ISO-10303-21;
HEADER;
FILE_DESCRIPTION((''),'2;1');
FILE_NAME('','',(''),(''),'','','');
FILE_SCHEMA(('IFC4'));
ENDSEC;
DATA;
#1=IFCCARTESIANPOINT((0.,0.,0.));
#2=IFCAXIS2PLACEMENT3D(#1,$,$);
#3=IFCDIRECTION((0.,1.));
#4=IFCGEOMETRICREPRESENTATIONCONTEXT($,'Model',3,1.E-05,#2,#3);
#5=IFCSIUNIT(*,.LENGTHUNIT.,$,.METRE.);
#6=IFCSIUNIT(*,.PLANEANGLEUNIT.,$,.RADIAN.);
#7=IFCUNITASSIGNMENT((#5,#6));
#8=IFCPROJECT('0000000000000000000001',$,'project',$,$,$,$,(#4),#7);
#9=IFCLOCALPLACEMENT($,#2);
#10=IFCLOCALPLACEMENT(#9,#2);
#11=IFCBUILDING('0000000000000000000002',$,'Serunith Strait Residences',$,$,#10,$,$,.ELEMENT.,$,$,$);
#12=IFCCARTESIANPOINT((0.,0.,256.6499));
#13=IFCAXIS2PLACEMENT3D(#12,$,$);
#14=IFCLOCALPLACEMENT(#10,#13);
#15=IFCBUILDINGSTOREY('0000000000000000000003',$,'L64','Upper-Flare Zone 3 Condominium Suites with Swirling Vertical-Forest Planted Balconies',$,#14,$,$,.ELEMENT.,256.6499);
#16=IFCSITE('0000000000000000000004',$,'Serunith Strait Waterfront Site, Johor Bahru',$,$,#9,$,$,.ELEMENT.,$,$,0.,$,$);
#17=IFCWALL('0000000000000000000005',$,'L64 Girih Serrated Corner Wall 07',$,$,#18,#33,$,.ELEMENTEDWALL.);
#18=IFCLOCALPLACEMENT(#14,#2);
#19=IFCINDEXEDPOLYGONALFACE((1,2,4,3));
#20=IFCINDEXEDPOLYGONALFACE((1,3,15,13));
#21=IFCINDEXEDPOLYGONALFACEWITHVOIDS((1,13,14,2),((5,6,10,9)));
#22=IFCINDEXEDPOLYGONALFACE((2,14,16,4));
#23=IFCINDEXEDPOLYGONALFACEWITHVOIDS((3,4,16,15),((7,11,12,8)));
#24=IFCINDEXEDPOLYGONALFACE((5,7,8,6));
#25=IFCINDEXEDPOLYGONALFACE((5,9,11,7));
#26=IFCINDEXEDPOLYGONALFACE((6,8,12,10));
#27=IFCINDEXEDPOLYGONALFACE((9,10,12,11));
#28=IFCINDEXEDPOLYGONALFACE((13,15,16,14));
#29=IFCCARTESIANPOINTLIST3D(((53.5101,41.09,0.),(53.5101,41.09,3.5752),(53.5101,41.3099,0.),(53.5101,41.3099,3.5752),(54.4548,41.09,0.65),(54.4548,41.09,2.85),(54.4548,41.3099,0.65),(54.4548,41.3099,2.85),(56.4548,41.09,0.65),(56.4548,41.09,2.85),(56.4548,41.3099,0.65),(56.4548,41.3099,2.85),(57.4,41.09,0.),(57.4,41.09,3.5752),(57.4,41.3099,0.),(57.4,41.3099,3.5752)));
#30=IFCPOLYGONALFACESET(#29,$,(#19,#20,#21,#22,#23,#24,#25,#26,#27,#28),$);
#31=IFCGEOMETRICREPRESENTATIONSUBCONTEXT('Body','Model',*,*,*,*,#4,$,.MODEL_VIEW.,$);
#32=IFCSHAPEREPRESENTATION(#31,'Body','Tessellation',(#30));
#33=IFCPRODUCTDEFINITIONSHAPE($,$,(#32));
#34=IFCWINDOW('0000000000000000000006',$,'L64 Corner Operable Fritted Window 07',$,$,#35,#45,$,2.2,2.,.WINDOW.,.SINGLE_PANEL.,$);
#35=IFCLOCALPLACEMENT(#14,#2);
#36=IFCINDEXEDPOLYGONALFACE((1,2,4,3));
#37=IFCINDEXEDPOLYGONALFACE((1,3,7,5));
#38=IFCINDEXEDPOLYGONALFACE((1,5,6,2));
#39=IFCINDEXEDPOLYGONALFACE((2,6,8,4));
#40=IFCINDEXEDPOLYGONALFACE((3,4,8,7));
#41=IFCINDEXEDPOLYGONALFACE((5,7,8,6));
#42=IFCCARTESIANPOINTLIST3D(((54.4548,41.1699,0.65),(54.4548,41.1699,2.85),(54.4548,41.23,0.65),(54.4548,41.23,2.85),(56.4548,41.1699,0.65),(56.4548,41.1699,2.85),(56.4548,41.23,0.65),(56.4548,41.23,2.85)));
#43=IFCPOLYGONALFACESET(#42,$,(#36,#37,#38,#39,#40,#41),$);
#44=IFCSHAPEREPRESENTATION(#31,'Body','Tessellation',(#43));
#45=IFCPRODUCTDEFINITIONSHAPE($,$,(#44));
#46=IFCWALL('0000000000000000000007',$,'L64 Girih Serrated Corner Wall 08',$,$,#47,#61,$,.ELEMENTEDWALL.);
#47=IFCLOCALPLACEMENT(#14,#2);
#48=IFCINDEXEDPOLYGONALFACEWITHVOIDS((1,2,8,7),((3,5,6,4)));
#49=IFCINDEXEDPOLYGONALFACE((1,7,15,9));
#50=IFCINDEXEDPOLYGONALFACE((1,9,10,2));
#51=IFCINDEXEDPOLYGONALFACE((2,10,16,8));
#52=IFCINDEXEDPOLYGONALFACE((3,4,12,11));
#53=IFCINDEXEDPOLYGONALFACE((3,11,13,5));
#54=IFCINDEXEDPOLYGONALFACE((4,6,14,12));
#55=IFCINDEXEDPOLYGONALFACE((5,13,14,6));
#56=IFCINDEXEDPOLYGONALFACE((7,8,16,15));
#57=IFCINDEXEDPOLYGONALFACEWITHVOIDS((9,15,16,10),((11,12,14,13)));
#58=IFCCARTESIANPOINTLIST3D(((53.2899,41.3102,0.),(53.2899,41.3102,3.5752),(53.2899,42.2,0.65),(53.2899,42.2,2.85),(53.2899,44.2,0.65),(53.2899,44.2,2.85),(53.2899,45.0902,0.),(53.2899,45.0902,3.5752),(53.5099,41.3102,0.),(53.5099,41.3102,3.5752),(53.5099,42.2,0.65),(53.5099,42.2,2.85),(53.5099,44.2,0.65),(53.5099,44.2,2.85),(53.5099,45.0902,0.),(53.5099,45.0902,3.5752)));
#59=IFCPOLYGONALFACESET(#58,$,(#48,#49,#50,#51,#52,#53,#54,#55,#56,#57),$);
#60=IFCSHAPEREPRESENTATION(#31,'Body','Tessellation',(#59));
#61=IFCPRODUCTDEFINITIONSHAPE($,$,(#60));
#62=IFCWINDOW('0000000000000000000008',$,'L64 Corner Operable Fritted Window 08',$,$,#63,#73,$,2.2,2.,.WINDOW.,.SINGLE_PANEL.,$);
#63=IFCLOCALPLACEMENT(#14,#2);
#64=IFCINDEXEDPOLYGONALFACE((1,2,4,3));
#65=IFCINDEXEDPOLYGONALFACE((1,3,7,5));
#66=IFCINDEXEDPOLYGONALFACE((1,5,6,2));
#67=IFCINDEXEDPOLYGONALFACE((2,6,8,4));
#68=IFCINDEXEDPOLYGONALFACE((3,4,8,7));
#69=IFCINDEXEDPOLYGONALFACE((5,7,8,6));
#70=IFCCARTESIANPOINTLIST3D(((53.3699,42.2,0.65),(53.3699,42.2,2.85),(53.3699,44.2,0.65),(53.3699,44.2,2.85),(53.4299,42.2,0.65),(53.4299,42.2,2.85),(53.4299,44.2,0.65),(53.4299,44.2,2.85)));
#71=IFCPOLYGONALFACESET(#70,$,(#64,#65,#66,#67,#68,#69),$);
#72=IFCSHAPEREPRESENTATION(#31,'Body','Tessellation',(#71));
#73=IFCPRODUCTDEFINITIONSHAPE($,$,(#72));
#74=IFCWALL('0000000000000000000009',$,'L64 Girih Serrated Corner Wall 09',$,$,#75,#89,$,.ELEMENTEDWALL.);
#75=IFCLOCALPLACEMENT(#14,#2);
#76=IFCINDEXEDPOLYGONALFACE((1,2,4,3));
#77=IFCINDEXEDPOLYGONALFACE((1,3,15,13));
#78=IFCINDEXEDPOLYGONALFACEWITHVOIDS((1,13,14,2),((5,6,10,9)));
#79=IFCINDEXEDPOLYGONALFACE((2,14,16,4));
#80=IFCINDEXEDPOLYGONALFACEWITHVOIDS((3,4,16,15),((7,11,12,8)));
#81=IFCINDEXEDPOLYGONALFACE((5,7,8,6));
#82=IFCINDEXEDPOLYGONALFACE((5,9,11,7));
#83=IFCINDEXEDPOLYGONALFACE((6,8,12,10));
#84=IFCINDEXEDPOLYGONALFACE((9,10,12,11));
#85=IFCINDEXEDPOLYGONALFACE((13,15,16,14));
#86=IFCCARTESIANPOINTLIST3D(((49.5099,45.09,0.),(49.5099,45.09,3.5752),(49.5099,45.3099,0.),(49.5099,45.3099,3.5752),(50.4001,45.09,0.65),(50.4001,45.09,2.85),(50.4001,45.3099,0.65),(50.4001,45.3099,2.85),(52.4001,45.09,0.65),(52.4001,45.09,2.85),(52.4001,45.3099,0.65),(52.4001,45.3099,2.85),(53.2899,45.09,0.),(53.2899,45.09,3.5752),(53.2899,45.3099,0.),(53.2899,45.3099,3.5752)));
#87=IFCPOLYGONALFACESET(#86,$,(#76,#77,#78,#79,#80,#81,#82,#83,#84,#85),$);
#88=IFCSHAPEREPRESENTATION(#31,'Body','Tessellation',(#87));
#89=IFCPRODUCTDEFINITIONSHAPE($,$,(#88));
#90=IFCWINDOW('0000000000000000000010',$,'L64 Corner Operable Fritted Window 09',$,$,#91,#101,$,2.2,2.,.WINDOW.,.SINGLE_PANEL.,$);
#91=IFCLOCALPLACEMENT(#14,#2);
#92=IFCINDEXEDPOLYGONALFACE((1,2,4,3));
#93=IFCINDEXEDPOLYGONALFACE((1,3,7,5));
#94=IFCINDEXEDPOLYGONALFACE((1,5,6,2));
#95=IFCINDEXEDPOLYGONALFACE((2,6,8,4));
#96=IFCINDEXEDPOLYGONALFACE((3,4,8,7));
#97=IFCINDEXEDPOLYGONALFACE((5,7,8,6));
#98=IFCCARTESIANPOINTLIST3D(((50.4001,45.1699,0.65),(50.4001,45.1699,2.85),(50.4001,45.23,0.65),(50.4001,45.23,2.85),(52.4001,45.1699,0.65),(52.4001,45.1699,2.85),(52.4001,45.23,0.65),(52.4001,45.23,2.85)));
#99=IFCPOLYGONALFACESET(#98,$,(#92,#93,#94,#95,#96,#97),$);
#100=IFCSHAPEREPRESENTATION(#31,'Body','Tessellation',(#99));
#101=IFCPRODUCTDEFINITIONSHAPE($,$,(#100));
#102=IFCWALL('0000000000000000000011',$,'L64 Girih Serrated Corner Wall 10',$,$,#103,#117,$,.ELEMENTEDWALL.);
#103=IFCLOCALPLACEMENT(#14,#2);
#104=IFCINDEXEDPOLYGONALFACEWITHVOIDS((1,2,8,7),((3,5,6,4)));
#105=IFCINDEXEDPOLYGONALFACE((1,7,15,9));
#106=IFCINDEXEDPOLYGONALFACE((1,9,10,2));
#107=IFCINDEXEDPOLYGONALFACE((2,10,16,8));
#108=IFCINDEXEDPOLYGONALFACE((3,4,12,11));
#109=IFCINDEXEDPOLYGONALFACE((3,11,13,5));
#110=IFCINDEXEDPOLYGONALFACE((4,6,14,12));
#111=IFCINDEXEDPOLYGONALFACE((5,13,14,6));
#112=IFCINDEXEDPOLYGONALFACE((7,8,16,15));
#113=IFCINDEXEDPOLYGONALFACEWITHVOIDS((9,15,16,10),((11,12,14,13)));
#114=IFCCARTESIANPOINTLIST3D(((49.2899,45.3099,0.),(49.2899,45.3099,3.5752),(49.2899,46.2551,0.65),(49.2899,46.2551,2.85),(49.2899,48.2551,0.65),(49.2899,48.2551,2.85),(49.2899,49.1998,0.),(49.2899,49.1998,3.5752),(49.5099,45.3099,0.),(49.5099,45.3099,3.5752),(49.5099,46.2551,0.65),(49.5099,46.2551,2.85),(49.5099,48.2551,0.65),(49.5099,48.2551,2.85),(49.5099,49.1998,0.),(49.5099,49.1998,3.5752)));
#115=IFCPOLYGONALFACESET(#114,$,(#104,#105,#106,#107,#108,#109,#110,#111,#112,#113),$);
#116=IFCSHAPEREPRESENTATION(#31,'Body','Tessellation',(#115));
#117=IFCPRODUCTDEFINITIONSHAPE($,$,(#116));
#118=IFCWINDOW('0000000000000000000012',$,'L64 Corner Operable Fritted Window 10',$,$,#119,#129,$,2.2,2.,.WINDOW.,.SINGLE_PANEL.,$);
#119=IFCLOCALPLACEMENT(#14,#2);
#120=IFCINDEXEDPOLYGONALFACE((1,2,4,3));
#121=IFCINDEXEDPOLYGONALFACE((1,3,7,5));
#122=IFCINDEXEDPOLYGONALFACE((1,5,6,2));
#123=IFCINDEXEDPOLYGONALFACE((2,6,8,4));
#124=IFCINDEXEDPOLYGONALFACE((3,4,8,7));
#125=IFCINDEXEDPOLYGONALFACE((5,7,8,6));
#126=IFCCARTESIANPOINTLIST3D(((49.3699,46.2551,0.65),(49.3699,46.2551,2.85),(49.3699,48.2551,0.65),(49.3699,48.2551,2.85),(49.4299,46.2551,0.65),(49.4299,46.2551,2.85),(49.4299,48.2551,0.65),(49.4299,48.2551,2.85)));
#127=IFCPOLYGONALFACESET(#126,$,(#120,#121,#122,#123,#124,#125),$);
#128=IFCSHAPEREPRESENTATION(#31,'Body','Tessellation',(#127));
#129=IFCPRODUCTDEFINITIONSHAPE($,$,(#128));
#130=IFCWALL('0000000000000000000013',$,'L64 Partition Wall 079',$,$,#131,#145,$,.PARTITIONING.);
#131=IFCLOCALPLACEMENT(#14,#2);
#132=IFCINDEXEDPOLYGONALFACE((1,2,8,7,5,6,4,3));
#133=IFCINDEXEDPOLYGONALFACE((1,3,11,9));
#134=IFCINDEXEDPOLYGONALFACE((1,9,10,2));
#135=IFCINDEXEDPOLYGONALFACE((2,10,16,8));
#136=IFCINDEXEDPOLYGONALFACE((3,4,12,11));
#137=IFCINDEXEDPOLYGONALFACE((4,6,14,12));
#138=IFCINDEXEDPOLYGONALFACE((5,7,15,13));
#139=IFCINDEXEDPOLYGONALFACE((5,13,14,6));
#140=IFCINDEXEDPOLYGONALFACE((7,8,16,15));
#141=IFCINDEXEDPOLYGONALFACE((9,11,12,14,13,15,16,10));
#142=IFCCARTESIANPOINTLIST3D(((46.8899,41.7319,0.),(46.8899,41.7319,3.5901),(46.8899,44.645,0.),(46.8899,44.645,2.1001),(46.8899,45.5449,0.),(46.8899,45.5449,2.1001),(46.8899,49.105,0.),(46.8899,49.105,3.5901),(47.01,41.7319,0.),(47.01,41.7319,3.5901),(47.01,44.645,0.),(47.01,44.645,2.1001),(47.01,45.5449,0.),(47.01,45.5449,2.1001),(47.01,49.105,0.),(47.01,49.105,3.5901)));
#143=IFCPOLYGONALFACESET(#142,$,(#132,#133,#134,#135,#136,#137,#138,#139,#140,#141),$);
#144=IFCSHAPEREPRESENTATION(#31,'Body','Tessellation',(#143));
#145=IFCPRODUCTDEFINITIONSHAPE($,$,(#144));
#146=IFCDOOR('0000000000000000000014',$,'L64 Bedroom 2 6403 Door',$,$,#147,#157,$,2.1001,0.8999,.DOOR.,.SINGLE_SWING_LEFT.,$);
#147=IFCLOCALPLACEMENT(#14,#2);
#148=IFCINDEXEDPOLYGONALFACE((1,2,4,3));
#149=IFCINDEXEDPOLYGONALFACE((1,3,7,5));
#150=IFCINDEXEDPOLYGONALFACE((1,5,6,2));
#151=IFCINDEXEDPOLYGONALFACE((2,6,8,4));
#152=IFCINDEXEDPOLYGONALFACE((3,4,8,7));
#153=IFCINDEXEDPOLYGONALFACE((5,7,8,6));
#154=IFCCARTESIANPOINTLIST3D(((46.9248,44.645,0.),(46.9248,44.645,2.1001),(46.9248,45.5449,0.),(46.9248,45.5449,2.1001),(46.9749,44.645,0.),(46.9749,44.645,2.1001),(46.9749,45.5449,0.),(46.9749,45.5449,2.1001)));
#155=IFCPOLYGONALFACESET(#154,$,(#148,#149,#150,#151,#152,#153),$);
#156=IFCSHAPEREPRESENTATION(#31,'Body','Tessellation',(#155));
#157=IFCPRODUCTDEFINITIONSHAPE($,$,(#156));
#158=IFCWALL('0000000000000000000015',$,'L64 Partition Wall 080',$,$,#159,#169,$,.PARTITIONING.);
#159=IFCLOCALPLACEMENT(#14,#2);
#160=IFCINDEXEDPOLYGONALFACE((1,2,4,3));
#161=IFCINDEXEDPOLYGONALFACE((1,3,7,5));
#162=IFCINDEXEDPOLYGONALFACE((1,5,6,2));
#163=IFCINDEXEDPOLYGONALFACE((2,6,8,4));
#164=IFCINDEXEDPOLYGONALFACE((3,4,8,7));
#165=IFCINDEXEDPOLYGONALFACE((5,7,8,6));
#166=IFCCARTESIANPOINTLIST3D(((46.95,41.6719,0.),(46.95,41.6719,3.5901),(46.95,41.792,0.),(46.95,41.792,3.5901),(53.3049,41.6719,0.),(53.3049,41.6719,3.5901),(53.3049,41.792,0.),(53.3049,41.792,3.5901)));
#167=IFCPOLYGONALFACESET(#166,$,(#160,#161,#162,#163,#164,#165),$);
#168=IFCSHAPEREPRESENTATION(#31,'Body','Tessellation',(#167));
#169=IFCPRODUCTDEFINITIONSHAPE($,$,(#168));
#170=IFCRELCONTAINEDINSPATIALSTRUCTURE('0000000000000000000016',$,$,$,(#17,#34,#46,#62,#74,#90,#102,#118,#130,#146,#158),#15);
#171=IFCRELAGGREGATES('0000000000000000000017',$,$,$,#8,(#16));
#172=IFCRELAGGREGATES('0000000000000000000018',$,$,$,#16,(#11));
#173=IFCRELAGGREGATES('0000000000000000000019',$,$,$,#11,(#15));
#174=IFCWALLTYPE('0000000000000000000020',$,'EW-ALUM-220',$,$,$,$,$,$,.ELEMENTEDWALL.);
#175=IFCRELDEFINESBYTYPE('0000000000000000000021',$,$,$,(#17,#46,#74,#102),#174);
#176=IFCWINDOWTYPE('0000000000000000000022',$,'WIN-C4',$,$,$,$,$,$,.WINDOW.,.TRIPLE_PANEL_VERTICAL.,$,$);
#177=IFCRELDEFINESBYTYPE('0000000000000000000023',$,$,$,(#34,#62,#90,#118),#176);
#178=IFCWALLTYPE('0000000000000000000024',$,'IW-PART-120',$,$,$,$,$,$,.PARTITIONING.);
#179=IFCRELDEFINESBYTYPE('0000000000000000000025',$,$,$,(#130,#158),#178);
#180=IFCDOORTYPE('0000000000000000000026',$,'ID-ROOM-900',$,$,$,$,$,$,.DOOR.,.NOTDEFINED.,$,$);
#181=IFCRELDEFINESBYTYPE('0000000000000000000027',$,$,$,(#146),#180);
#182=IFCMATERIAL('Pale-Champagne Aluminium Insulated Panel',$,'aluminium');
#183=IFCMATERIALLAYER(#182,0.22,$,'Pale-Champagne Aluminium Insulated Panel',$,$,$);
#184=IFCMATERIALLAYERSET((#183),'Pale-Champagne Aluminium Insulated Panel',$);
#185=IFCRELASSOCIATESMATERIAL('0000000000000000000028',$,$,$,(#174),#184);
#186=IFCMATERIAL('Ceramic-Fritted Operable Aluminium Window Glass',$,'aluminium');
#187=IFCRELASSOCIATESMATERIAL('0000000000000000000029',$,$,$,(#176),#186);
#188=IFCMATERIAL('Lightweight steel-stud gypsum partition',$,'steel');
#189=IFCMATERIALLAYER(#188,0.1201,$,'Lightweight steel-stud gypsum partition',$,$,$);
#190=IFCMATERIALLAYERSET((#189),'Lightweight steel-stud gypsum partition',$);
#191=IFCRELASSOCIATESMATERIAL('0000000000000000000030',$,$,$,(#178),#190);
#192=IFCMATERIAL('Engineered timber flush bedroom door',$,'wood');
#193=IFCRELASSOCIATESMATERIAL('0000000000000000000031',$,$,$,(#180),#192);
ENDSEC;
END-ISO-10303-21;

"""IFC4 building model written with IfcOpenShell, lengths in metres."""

from ifc_helpers import new_model, si_unit, direction, frame, frame_2d, origin, place, context, subcontext, project, spatial, rectangle, extrude, source, transform, mapped, material, layer, layer_set, type_object, element, fill, save


model = new_model("IFC4")

# Units and contexts
model_context = context("Model", 3, precision=1e-05, world=origin(), true_north=direction((0.0, 1.0)))
body_context = subcontext(model_context, "Body", "Model", "MODEL_VIEW")
ifc_project = project(units=[si_unit("LENGTHUNIT", "METRE"), si_unit("PLANEANGLEUNIT", "RADIAN")], contexts=[model_context])

# Site, building, storey
site_placement = place(None, origin())
site = spatial("IfcSite", under=ifc_project, at=site_placement, Name="Serunith Strait Waterfront Site, Johor Bahru", CompositionType="ELEMENT", RefElevation=0.0)
building_placement = place(site_placement, origin())
building = spatial("IfcBuilding", under=site, at=building_placement, Name="Serunith Strait Residences", CompositionType="ELEMENT")
storey_placement = place(building_placement, frame((0.0, 0.0, 256.6499)))
storey = spatial("IfcBuildingStorey", under=building, at=storey_placement, Name="L64", Description="Upper-Flare Zone 3 Condominium Suites with Swirling Vertical-Forest Planted Balconies", CompositionType="ELEMENT", Elevation=256.6499)

# Walls, openings, windows
ifc_material_1 = material(Name="Pale-Champagne Aluminium Insulated Panel", Category="aluminium")
ifc_layer_1 = layer(ifc_material_1, 0.22, Name="Pale-Champagne Aluminium Insulated Panel")
ifc_layer_set_1 = layer_set([ifc_layer_1], Name="Pale-Champagne Aluminium Insulated Panel")
wall_type_1 = type_object("IfcWallType", Name="EW-ALUM-220", PredefinedType="ELEMENTEDWALL", material=ifc_layer_set_1)
wall_1_placement = place(storey_placement, frame((57.3999, 41.2, 0.0), z_axis=(0.0, 0.0, 1.0), x_axis=(-1.0, 0.0, 0.0)))
wall_1 = element("IfcWall", 1, at=wall_1_placement, inside=storey, type_object=wall_type_1, Name="L64 Girih Serrated Corner Wall 07", PredefinedType="ELEMENTEDWALL", context=body_context, shape_type="SweptSolid", body=[
    extrude(rectangle(XDim=3.8899, YDim=0.22, at=frame_2d((1.9448, 0.0))), origin(), (0.0, 0.0, 1.0), 3.5752),
])
opening_1_placement = place(wall_1_placement, frame((0.9451, 0.0, 0.6499)))
opening_1 = element("IfcOpeningElement", 2, at=opening_1_placement, cuts=wall_1, PredefinedType="OPENING", context=body_context, shape_type="SweptSolid", body=[
    extrude(rectangle(XDim=2.0, YDim=2.2, at=frame_2d((1.0, 1.1001))), frame((0.0, 0.1201, 0.0), z_axis=(0.0, -1.0, 0.0), x_axis=(1.0, 0.0, 0.0)), (0.0, 0.0, 1.0), 0.24),
])
ifc_material_2 = material(Name="Ceramic-Fritted Operable Aluminium Window Glass", Category="aluminium")
window_type = type_object("IfcWindowType", Name="WIN-C4", PartitioningType="TRIPLE_PANEL_VERTICAL", PredefinedType="WINDOW", material=ifc_material_2)
shared_shape_1 = source(origin(), body_context, "Body", "SweptSolid", [
    extrude(rectangle(XDim=2.0, YDim=2.2, at=frame_2d((1.0, 1.1001))), frame((0.0, 0.03, 0.0), z_axis=(0.0, -1.0, 0.0), x_axis=(1.0, 0.0, 0.0)), (0.0, 0.0, 1.0), 0.0601),
])
window_1_placement = place(opening_1_placement, origin())
window_1 = element("IfcWindow", 3, at=window_1_placement, inside=storey, type_object=window_type, Name="L64 Corner Operable Fritted Window 07", OverallHeight=2.2, OverallWidth=2.0, PartitioningType="SINGLE_PANEL", PredefinedType="WINDOW", context=body_context, shape_type="MappedRepresentation", body=[
    mapped(shared_shape_1, transform((0.0, 0.0, 0.0), scale=1.0)),
])
fill(opening_1, window_1)
wall_2_placement = place(storey_placement, frame((53.3999, 41.3101, 0.0), z_axis=(0.0, 0.0, 1.0), x_axis=(0.0, 1.0, 0.0)))
wall_2 = element("IfcWall", 4, at=wall_2_placement, inside=storey, type_object=wall_type_1, Name="L64 Girih Serrated Corner Wall 08", PredefinedType="ELEMENTEDWALL", context=body_context, shape_type="SweptSolid", body=[
    extrude(rectangle(XDim=3.78, YDim=0.22, at=frame_2d((1.8901, 0.0))), origin(), (0.0, 0.0, 1.0), 3.5752),
])
opening_2_placement = place(wall_2_placement, frame((0.8899, 0.0, 0.6499)))
opening_2 = element("IfcOpeningElement", 5, at=opening_2_placement, cuts=wall_2, PredefinedType="OPENING", context=body_context, shape_type="SweptSolid", body=[
    extrude(rectangle(XDim=2.0, YDim=2.2, at=frame_2d((1.0, 1.1001))), frame((0.0, 0.1201, 0.0), z_axis=(0.0, -1.0, 0.0), x_axis=(1.0, 0.0, 0.0)), (0.0, 0.0, 1.0), 0.24),
])
window_2_placement = place(opening_2_placement, origin())
window_2 = element("IfcWindow", 6, at=window_2_placement, inside=storey, type_object=window_type, Name="L64 Corner Operable Fritted Window 08", OverallHeight=2.2, OverallWidth=2.0, PartitioningType="SINGLE_PANEL", PredefinedType="WINDOW", context=body_context, shape_type="MappedRepresentation", body=[
    mapped(shared_shape_1, transform((0.0, 0.0, 0.0), scale=1.0)),
])
fill(opening_2, window_2)
wall_3_placement = place(storey_placement, frame((53.29, 45.2, 0.0), z_axis=(0.0, 0.0, 1.0), x_axis=(-1.0, 0.0, 0.0)))
wall_3 = element("IfcWall", 7, at=wall_3_placement, inside=storey, type_object=wall_type_1, Name="L64 Girih Serrated Corner Wall 09", PredefinedType="ELEMENTEDWALL", context=body_context, shape_type="SweptSolid", body=[
    extrude(rectangle(XDim=3.78, YDim=0.22, at=frame_2d((1.8901, 0.0))), origin(), (0.0, 0.0, 1.0), 3.5752),
])
opening_3_placement = place(wall_3_placement, frame((0.8899, 0.0, 0.6499)))
opening_3 = element("IfcOpeningElement", 8, at=opening_3_placement, cuts=wall_3, PredefinedType="OPENING", context=body_context, shape_type="SweptSolid", body=[
    extrude(rectangle(XDim=2.0, YDim=2.2, at=frame_2d((1.0, 1.1001))), frame((0.0, 0.1201, 0.0), z_axis=(0.0, -1.0, 0.0), x_axis=(1.0, 0.0, 0.0)), (0.0, 0.0, 1.0), 0.24),
])
window_3_placement = place(opening_3_placement, origin())
window_3 = element("IfcWindow", 9, at=window_3_placement, inside=storey, type_object=window_type, Name="L64 Corner Operable Fritted Window 09", OverallHeight=2.2, OverallWidth=2.0, PartitioningType="SINGLE_PANEL", PredefinedType="WINDOW", context=body_context, shape_type="MappedRepresentation", body=[
    mapped(shared_shape_1, transform((0.0, 0.0, 0.0), scale=1.0)),
])
fill(opening_3, window_3)
wall_4_placement = place(storey_placement, frame((49.3999, 45.3101, 0.0), z_axis=(0.0, 0.0, 1.0), x_axis=(0.0, 1.0, 0.0)))
wall_4 = element("IfcWall", 10, at=wall_4_placement, inside=storey, type_object=wall_type_1, Name="L64 Girih Serrated Corner Wall 10", PredefinedType="ELEMENTEDWALL", context=body_context, shape_type="SweptSolid", body=[
    extrude(rectangle(XDim=3.8899, YDim=0.22, at=frame_2d((1.9448, 0.0))), origin(), (0.0, 0.0, 1.0), 3.5752),
])
opening_4_placement = place(wall_4_placement, frame((0.9451, 0.0, 0.6499)))
opening_4 = element("IfcOpeningElement", 11, at=opening_4_placement, cuts=wall_4, PredefinedType="OPENING", context=body_context, shape_type="SweptSolid", body=[
    extrude(rectangle(XDim=2.0, YDim=2.2, at=frame_2d((1.0, 1.1001))), frame((0.0, 0.1201, 0.0), z_axis=(0.0, -1.0, 0.0), x_axis=(1.0, 0.0, 0.0)), (0.0, 0.0, 1.0), 0.24),
])
window_4_placement = place(opening_4_placement, origin())
window_4 = element("IfcWindow", 12, at=window_4_placement, inside=storey, type_object=window_type, Name="L64 Corner Operable Fritted Window 10", OverallHeight=2.2, OverallWidth=2.0, PartitioningType="SINGLE_PANEL", PredefinedType="WINDOW", context=body_context, shape_type="MappedRepresentation", body=[
    mapped(shared_shape_1, transform((0.0, 0.0, 0.0), scale=1.0)),
])
fill(opening_4, window_4)

# Wall, opening, door
ifc_material_3 = material(Name="Lightweight steel-stud gypsum partition", Category="steel")
ifc_layer_2 = layer(ifc_material_3, 0.1201, Name="Lightweight steel-stud gypsum partition")
ifc_layer_set_2 = layer_set([ifc_layer_2], Name="Lightweight steel-stud gypsum partition")
wall_type_2 = type_object("IfcWallType", Name="IW-PART-120", PredefinedType="PARTITIONING", material=ifc_layer_set_2)
wall_5_placement = place(storey_placement, frame((46.95, 49.105, 0.0), z_axis=(0.0, 0.0, 1.0), x_axis=(0.0, -1.0, 0.0)))
wall_5 = element("IfcWall", 13, at=wall_5_placement, inside=storey, type_object=wall_type_2, Name="L64 Partition Wall 079", PredefinedType="PARTITIONING", context=body_context, shape_type="SweptSolid", body=[
    extrude(rectangle(XDim=7.373, YDim=0.1201, at=frame_2d((3.6865, 0.0))), origin(), (0.0, 0.0, 1.0), 3.5901),
])
opening_5_placement = place(wall_5_placement, frame((3.5601, 0.0, 0.0)))
opening_5 = element("IfcOpeningElement", 14, at=opening_5_placement, cuts=wall_5, PredefinedType="OPENING", context=body_context, shape_type="SweptSolid", body=[
    extrude(rectangle(XDim=0.8999, YDim=2.1001, at=frame_2d((0.45, 1.05))), frame((0.0, 0.0701, 0.0), z_axis=(0.0, -1.0, 0.0), x_axis=(1.0, 0.0, 0.0)), (0.0, 0.0, 1.0), 0.1401),
])
ifc_material_4 = material(Name="Engineered timber flush bedroom door", Category="wood")
door_type_1 = type_object("IfcDoorType", Name="ID-ROOM-900", OperationType="NOTDEFINED", PredefinedType="DOOR", material=ifc_material_4)
shared_shape_2 = source(origin(), body_context, "Body", "SweptSolid", [
    extrude(rectangle(XDim=0.8999, YDim=2.1001, at=frame_2d((0.45, 1.05))), frame((0.0, 0.0249, 0.0), z_axis=(0.0, -1.0, 0.0), x_axis=(1.0, 0.0, 0.0)), (0.0, 0.0, 1.0), 0.05),
])
door_1_placement = place(opening_5_placement, origin())
door_1 = element("IfcDoor", 15, at=door_1_placement, inside=storey, type_object=door_type_1, Name="L64 Bedroom 2 6403 Door", OperationType="SINGLE_SWING_LEFT", OverallHeight=2.1001, OverallWidth=0.8999, PredefinedType="DOOR", context=body_context, shape_type="MappedRepresentation", body=[
    mapped(shared_shape_2, transform((0.0, 0.0, 0.0), scale=1.0)),
])
fill(opening_5, door_1)

# Wall
wall_6_placement = place(storey_placement, frame((46.95, 41.7319, 0.0), z_axis=(0.0, 0.0, 1.0), x_axis=(1.0, 0.0, 0.0)))
element("IfcWall", 16, at=wall_6_placement, inside=storey, type_object=wall_type_2, Name="L64 Partition Wall 080", PredefinedType="PARTITIONING", context=body_context, shape_type="SweptSolid", body=[
    extrude(rectangle(XDim=6.355, YDim=0.1201, at=frame_2d((3.1775, 0.0))), origin(), (0.0, 0.0, 1.0), 3.5901),
])

save(model, "model.ifc")
